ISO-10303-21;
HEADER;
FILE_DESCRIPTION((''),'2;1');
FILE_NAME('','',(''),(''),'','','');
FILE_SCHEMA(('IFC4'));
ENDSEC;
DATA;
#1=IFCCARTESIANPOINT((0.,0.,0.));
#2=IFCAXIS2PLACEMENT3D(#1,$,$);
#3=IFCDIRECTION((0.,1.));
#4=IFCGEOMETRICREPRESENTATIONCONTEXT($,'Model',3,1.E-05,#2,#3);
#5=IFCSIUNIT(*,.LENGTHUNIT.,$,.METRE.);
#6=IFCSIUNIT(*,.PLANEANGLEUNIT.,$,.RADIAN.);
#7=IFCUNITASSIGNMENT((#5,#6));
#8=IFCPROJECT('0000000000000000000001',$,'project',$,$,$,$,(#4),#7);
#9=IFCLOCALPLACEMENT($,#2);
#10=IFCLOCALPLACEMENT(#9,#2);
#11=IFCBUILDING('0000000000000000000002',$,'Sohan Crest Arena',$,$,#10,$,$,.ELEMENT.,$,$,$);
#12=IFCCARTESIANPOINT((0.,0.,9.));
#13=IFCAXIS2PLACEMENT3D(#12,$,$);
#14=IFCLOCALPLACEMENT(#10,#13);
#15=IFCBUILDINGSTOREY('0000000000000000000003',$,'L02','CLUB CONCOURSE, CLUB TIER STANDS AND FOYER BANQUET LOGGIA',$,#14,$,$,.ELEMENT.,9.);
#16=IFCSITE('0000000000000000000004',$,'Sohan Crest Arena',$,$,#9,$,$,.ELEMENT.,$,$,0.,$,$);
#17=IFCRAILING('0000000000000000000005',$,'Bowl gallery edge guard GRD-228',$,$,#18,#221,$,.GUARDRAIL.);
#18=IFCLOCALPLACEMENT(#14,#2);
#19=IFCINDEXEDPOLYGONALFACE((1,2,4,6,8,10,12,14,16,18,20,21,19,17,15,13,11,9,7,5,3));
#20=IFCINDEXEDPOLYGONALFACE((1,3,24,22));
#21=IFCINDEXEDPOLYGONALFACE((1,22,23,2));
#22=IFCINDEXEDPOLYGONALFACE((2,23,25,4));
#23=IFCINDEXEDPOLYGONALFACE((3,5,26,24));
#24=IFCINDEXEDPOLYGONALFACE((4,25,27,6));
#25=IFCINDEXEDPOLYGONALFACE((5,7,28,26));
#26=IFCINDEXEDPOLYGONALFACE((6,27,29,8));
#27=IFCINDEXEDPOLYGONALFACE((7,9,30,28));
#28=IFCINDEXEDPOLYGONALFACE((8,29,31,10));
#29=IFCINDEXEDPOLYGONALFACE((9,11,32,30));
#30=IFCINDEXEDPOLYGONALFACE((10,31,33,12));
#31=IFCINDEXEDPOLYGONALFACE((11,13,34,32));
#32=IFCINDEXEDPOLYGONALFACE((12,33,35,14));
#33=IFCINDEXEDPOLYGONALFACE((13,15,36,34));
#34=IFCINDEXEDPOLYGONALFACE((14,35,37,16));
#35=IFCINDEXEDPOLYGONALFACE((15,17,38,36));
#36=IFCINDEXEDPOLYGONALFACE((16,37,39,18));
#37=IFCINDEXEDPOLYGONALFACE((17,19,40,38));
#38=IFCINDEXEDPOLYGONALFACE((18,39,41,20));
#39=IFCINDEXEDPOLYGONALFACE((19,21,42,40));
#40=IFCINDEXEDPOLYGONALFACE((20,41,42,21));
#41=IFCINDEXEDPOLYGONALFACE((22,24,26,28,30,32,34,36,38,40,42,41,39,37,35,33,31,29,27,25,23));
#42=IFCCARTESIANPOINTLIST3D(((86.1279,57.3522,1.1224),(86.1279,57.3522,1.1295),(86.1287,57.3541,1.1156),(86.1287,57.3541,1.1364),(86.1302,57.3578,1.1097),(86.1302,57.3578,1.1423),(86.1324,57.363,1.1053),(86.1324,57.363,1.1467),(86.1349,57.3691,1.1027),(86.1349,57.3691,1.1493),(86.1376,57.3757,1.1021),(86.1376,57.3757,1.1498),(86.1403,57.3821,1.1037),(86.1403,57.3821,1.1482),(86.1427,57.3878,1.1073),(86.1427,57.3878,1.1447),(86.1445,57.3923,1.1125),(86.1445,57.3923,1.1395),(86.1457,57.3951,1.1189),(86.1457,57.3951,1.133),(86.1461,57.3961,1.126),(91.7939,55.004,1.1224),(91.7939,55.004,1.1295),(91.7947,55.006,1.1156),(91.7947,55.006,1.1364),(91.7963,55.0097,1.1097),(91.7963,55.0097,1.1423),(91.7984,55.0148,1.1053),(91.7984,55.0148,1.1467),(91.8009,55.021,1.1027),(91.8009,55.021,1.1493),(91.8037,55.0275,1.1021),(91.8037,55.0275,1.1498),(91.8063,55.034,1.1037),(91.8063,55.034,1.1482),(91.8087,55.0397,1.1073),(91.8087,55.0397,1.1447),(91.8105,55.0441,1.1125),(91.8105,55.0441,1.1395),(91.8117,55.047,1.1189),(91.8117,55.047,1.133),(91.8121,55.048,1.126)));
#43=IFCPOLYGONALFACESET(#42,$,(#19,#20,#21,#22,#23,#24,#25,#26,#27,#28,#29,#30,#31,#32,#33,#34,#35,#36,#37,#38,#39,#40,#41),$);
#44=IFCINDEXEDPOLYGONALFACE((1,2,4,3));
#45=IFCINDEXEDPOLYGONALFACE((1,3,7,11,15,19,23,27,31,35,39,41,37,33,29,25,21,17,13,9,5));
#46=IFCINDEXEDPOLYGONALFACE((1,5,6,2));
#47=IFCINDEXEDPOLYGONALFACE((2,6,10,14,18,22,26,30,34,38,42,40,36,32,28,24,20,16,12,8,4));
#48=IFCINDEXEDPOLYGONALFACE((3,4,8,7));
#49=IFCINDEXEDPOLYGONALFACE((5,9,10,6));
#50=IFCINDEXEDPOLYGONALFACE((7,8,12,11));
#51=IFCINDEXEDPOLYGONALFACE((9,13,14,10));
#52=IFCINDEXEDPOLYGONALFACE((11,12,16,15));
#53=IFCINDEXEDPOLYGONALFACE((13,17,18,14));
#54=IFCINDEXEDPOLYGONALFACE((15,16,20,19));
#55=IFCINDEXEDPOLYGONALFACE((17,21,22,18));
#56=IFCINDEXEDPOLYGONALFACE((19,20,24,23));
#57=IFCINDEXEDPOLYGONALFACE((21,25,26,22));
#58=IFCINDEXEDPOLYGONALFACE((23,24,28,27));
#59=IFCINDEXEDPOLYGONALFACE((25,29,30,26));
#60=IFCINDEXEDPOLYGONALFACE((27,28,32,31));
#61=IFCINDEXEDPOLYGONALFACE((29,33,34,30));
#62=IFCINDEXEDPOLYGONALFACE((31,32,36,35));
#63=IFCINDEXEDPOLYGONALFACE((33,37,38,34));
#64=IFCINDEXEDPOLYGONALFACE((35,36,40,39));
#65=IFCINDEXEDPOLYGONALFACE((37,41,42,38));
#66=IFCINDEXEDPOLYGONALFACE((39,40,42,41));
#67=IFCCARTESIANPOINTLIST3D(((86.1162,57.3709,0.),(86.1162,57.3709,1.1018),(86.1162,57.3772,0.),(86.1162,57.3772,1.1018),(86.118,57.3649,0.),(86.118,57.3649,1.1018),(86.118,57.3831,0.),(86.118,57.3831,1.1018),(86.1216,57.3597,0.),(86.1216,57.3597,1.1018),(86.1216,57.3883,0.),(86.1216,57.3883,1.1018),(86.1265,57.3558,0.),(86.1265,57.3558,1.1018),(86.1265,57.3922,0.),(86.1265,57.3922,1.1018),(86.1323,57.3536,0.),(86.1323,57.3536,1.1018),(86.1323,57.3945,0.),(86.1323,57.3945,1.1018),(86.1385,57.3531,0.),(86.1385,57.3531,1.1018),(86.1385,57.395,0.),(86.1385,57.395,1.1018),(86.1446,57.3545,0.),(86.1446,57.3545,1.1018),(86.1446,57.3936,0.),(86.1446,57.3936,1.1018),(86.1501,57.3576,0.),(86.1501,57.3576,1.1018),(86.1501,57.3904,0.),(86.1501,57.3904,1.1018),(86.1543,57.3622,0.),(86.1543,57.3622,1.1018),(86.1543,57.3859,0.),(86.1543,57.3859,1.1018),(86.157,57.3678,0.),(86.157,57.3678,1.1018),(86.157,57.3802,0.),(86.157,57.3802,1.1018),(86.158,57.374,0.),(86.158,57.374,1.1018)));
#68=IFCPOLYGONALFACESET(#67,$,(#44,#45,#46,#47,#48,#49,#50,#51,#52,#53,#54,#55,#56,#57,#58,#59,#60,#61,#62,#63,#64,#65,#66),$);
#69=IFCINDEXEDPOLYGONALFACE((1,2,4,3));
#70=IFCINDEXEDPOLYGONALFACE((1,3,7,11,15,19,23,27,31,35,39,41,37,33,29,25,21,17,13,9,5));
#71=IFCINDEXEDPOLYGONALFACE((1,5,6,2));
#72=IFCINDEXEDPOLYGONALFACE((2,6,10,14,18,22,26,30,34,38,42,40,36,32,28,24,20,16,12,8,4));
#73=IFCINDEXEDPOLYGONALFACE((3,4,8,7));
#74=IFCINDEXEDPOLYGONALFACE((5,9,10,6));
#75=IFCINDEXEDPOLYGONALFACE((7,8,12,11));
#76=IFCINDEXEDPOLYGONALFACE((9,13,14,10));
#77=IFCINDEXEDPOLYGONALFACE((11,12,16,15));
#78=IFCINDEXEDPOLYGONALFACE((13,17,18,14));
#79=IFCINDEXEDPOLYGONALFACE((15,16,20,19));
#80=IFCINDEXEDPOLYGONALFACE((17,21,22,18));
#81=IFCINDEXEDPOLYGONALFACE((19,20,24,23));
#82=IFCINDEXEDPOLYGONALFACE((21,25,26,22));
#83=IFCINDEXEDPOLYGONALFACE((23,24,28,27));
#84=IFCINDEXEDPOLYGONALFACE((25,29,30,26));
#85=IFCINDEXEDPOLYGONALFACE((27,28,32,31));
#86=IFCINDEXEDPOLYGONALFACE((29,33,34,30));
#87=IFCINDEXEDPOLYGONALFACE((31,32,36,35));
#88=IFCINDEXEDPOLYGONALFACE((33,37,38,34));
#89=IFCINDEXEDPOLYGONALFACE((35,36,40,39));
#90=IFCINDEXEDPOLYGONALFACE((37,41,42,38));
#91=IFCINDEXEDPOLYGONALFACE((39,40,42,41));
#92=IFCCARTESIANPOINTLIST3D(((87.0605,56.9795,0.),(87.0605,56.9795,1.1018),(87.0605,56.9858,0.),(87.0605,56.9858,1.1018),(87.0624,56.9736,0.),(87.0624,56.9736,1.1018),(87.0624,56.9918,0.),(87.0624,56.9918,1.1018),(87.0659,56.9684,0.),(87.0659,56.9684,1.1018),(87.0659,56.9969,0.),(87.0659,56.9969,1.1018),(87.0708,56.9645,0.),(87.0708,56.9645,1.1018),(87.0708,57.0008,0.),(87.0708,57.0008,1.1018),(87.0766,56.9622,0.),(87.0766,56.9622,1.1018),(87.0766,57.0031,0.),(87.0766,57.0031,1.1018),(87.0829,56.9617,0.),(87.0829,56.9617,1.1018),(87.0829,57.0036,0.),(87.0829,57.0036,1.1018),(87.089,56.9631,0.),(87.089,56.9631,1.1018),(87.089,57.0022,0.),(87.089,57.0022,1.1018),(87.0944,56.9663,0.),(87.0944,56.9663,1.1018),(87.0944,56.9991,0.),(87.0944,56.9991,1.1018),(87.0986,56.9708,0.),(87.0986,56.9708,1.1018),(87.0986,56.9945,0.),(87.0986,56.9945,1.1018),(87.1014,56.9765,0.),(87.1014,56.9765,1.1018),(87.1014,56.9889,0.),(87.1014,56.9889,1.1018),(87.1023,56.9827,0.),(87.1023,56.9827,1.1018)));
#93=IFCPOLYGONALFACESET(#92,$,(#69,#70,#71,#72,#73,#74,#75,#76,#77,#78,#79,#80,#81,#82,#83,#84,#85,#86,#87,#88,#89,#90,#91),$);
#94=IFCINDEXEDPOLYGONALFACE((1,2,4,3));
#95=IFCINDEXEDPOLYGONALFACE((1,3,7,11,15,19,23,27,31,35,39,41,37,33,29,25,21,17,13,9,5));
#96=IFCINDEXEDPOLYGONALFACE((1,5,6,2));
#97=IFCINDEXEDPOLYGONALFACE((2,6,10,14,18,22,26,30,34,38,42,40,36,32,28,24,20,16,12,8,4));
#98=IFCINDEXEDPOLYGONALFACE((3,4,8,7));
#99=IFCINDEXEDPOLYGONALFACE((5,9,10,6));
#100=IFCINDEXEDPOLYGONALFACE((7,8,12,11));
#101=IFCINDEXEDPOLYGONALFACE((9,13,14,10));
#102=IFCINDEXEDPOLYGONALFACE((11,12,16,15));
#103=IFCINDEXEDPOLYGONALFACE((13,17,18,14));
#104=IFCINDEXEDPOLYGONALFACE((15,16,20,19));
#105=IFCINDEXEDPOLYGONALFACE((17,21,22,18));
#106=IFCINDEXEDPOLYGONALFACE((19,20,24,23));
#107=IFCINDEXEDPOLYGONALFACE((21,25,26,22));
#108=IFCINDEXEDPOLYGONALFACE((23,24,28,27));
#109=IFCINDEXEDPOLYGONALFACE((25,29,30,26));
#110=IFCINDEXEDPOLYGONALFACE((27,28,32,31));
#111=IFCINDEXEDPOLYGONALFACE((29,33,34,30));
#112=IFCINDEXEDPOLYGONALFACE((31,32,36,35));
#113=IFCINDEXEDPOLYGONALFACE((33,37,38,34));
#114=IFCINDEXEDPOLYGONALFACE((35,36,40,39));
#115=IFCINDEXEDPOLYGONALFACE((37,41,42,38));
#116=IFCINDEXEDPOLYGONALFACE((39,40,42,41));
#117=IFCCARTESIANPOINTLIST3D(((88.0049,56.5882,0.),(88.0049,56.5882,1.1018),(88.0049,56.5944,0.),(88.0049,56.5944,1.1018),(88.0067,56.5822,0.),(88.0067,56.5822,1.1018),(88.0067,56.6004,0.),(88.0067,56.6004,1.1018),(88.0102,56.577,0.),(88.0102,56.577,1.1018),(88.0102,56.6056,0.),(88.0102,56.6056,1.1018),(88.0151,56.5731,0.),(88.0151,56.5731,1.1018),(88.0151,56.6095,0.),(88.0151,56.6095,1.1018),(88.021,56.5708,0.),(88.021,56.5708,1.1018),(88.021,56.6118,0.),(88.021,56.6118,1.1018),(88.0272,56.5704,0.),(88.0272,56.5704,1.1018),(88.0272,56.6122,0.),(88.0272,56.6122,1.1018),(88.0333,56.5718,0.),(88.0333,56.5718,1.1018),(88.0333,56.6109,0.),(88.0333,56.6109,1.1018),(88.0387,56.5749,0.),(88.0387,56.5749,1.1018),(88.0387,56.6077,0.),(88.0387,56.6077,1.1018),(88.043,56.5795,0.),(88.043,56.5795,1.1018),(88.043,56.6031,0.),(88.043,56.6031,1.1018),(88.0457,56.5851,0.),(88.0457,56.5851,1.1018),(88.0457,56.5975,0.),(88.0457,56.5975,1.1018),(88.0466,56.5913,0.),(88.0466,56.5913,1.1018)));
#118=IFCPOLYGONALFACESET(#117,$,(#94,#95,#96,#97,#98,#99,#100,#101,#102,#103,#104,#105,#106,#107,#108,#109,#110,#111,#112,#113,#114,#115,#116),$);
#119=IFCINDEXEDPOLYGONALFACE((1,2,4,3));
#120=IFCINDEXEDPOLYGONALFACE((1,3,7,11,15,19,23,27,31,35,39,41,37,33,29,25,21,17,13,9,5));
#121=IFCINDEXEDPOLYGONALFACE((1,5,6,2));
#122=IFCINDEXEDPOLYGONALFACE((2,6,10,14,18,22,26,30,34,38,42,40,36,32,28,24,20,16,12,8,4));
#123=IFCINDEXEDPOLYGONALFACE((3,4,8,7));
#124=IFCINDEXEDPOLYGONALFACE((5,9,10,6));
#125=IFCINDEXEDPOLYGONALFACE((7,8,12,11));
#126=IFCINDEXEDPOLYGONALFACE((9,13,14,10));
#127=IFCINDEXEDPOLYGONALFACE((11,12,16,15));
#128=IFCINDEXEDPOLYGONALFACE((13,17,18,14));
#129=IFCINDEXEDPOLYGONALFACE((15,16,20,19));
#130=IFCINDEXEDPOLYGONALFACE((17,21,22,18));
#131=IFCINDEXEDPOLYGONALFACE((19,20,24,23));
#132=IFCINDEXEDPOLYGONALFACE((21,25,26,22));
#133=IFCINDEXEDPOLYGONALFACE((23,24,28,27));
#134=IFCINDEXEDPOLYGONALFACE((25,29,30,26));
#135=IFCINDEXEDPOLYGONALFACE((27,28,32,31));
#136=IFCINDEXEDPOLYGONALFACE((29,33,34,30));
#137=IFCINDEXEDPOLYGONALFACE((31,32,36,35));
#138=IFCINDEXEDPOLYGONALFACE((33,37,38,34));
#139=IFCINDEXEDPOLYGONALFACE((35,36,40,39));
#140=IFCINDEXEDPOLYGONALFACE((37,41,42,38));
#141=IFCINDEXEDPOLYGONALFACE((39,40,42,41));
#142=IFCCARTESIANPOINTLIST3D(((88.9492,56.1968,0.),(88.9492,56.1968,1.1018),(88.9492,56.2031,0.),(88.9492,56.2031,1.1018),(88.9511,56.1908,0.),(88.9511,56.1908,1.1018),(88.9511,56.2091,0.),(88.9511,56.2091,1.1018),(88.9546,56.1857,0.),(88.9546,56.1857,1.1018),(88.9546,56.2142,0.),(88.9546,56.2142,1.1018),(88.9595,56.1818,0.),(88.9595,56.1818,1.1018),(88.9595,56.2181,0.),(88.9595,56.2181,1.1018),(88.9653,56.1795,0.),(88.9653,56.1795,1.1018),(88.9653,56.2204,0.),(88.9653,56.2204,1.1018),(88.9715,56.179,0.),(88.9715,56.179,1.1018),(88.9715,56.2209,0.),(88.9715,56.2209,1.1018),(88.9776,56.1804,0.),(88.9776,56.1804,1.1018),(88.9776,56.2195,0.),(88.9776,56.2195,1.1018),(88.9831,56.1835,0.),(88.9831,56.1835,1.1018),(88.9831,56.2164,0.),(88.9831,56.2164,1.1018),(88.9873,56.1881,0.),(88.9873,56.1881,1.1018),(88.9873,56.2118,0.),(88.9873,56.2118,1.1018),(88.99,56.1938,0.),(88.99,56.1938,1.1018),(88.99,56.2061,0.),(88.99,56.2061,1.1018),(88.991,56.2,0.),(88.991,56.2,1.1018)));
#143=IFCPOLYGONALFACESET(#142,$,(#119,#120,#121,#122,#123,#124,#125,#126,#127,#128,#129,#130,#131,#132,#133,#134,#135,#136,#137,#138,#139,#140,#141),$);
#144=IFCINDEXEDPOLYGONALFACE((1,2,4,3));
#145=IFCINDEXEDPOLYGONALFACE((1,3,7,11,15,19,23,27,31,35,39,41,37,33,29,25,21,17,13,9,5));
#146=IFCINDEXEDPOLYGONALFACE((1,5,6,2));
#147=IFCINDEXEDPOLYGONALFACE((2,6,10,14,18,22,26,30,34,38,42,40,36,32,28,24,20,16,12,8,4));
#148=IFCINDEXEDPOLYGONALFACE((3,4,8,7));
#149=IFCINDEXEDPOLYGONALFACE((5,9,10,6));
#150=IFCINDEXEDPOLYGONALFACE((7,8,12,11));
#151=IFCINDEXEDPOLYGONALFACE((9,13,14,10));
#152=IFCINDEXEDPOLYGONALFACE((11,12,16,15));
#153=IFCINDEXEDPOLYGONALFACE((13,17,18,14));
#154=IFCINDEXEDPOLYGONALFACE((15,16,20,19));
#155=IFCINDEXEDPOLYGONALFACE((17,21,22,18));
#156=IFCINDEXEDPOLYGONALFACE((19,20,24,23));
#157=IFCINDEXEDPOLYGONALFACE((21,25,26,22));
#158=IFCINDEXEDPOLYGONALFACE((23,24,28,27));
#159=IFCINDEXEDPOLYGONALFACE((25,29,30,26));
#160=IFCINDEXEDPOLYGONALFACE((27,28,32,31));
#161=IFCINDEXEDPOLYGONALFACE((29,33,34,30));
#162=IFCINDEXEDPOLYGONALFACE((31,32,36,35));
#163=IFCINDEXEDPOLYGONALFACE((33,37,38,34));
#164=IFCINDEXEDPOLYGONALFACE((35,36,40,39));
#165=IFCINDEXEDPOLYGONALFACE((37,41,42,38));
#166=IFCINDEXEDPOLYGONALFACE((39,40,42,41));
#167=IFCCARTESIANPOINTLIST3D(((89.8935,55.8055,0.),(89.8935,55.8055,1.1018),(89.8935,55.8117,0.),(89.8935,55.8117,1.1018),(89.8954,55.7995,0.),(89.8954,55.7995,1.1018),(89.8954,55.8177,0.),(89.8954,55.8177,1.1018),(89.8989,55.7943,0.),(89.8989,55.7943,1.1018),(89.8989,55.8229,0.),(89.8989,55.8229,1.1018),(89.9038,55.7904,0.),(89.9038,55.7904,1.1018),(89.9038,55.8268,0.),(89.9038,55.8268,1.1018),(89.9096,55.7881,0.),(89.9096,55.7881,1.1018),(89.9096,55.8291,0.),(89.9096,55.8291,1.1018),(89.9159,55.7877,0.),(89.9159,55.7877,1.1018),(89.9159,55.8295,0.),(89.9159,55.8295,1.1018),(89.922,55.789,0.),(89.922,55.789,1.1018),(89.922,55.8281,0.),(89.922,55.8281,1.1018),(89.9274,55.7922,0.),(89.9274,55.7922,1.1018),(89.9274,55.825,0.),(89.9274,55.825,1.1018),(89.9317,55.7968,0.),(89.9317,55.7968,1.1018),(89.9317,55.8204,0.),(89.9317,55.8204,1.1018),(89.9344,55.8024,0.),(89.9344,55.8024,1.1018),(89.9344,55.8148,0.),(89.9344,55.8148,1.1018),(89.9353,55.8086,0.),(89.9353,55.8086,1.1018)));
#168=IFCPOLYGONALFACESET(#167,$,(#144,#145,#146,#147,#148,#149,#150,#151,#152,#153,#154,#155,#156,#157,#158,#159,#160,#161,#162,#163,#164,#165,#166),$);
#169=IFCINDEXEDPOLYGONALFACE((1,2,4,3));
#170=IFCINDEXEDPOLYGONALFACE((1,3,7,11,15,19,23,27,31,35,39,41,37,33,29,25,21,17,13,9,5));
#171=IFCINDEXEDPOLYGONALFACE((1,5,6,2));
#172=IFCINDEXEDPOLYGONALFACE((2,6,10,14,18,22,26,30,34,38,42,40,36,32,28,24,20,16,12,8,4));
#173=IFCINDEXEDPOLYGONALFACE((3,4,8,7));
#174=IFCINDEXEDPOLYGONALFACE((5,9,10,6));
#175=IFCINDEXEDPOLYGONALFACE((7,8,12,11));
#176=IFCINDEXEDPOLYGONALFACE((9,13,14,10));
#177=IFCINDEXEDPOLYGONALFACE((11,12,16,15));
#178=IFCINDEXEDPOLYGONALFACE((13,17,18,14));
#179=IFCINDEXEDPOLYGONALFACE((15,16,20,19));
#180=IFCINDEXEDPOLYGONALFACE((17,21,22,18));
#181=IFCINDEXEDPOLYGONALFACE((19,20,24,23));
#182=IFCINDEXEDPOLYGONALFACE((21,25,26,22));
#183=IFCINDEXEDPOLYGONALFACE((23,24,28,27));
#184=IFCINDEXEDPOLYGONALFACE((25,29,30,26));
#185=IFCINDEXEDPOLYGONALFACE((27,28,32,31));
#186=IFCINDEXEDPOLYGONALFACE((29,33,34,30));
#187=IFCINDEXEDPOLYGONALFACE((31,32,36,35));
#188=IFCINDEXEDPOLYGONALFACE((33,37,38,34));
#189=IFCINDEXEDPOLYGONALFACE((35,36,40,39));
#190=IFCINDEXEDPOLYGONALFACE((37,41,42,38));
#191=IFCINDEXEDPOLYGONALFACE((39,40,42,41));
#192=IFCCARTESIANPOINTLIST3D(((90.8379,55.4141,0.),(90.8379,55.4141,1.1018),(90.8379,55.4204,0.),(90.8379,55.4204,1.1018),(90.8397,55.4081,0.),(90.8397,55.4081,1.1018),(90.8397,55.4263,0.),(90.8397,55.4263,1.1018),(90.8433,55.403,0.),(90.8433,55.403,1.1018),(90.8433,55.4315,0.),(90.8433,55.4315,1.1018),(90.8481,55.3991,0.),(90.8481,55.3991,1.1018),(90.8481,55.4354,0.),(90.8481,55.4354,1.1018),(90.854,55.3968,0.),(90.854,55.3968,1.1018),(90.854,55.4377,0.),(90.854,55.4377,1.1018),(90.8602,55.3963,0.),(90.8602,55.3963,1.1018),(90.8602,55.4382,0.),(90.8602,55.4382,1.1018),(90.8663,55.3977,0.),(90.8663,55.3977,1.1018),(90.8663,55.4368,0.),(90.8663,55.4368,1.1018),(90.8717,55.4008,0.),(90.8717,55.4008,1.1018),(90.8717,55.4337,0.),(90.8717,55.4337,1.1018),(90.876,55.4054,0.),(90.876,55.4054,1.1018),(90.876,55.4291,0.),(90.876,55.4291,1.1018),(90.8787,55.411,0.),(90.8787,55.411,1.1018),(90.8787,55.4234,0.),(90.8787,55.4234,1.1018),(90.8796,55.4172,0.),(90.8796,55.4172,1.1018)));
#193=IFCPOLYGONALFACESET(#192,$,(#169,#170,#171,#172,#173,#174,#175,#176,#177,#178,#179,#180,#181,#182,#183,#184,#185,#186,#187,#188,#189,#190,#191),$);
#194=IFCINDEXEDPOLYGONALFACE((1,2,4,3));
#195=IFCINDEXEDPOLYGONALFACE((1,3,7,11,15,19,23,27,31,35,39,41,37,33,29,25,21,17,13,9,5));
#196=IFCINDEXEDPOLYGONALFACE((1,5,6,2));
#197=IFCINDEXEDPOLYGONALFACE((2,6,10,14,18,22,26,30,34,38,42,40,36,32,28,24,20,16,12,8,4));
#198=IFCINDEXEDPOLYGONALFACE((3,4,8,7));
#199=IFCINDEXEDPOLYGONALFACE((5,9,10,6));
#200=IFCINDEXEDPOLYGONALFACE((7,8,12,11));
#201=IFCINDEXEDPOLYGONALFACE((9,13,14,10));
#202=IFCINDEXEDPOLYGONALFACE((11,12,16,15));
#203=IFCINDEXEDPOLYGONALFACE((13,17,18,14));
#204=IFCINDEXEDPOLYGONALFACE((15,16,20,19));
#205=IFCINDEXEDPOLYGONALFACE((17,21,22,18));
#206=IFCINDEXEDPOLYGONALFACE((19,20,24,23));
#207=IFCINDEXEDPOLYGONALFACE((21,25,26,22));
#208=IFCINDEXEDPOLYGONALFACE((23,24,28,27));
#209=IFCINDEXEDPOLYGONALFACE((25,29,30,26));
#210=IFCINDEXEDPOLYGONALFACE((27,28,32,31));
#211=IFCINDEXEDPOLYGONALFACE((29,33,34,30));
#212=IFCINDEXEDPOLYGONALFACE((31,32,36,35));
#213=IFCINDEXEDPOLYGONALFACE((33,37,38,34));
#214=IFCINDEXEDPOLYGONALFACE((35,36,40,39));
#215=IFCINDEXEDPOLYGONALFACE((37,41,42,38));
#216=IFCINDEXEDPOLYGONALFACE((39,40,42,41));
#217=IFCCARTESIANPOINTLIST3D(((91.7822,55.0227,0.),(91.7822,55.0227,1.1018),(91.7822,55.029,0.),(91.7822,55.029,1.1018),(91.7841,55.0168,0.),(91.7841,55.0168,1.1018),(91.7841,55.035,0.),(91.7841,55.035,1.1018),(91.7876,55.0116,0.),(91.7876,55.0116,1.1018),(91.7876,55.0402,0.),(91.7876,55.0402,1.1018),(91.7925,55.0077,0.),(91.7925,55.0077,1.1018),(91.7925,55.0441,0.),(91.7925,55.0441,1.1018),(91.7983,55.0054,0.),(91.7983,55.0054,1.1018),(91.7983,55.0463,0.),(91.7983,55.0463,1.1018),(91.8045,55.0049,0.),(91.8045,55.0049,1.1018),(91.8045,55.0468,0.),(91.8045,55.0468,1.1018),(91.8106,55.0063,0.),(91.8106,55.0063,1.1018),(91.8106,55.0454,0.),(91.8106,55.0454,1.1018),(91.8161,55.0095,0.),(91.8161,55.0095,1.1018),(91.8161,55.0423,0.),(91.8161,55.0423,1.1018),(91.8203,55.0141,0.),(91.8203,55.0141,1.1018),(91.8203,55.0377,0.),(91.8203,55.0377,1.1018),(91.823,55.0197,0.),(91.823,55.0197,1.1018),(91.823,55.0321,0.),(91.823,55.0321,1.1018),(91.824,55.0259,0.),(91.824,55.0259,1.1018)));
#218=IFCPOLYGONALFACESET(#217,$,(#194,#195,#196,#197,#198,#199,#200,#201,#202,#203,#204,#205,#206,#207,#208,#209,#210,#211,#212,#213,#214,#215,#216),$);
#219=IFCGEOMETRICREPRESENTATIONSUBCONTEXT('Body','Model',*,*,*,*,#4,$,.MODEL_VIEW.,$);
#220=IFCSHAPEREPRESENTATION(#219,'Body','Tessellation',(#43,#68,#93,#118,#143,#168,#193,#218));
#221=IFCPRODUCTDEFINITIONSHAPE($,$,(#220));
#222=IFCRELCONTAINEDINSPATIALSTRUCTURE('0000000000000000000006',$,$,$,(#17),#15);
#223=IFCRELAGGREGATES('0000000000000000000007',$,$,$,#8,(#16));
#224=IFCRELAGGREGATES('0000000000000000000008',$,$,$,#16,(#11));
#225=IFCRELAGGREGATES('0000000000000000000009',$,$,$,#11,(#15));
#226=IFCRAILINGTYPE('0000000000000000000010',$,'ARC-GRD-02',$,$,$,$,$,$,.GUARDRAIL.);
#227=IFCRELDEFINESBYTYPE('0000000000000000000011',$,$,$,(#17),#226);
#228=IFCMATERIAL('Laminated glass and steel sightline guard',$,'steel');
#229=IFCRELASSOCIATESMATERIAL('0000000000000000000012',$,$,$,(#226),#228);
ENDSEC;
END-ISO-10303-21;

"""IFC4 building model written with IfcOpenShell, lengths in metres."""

from ifc_helpers import new_model, si_unit, direction, frame, origin, origin_2d, place, context, subcontext, project, spatial, circle, extrude, material, type_object, element, save


model = new_model("IFC4")

# Units and contexts
model_context = context("Model", 3, precision=1e-05, world=origin(), true_north=direction((0.0, 1.0)))
body_context = subcontext(model_context, "Body", "Model", "MODEL_VIEW")
ifc_project = project(units=[si_unit("LENGTHUNIT", "METRE"), si_unit("PLANEANGLEUNIT", "RADIAN")], contexts=[model_context])

# Site, building, storey
site_placement = place(None, origin())
site = spatial("IfcSite", under=ifc_project, at=site_placement, Name="Sohan Crest Arena", CompositionType="ELEMENT", RefElevation=0.0)
building_placement = place(site_placement, origin())
building = spatial("IfcBuilding", under=site, at=building_placement, Name="Sohan Crest Arena", CompositionType="ELEMENT")
storey_placement = place(building_placement, frame((0.0, 0.0, 9.0)))
storey = spatial("IfcBuildingStorey", under=building, at=storey_placement, Name="L02", Description="CLUB CONCOURSE, CLUB TIER STANDS AND FOYER BANQUET LOGGIA", CompositionType="ELEMENT", Elevation=9.0)

# Railing
ifc_material_1 = material(Name="Laminated glass and steel sightline guard", Category="steel")
railing_type = type_object("IfcRailingType", Name="ARC-GRD-02", PredefinedType="GUARDRAIL", material=ifc_material_1)
railing_placement = place(storey_placement, frame((86.137, 57.374, 0.0)))
element("IfcRailing", 1, at=railing_placement, inside=storey, type_object=railing_type, Name="Bowl gallery edge guard GRD-228", PredefinedType="GUARDRAIL", context=body_context, shape_type="SweptSolid", body=[
    extrude(circle(Radius=0.0239, at=origin_2d()), frame((0.0, 0.0, 1.126), z_axis=(0.92381, -0.382851, 0.0), x_axis=(0.382851, 0.92381, 0.0)), (0.0, 0.0, 1.0), 6.1333),
    extrude(circle(Radius=0.021, at=origin_2d()), origin(), (0.0, 0.0, 1.0), 1.1018),
    extrude(circle(Radius=0.021, at=origin_2d()), frame((0.9443, -0.3914, 0.0)), (0.0, 0.0, 1.0), 1.1018),
    extrude(circle(Radius=0.021, at=origin_2d()), frame((1.8887, -0.7827, 0.0)), (0.0, 0.0, 1.0), 1.1018),
    extrude(circle(Radius=0.021, at=origin_2d()), frame((2.833, -1.1741, 0.0)), (0.0, 0.0, 1.0), 1.1018),
    extrude(circle(Radius=0.021, at=origin_2d()), frame((3.7773, -1.5654, 0.0)), (0.0, 0.0, 1.0), 1.1018),
    extrude(circle(Radius=0.021, at=origin_2d()), frame((4.7217, -1.9568, 0.0)), (0.0, 0.0, 1.0), 1.1018),
    extrude(circle(Radius=0.021, at=origin_2d()), frame((5.666, -2.3481, 0.0)), (0.0, 0.0, 1.0), 1.1018),
])

save(model, "model.ifc")
